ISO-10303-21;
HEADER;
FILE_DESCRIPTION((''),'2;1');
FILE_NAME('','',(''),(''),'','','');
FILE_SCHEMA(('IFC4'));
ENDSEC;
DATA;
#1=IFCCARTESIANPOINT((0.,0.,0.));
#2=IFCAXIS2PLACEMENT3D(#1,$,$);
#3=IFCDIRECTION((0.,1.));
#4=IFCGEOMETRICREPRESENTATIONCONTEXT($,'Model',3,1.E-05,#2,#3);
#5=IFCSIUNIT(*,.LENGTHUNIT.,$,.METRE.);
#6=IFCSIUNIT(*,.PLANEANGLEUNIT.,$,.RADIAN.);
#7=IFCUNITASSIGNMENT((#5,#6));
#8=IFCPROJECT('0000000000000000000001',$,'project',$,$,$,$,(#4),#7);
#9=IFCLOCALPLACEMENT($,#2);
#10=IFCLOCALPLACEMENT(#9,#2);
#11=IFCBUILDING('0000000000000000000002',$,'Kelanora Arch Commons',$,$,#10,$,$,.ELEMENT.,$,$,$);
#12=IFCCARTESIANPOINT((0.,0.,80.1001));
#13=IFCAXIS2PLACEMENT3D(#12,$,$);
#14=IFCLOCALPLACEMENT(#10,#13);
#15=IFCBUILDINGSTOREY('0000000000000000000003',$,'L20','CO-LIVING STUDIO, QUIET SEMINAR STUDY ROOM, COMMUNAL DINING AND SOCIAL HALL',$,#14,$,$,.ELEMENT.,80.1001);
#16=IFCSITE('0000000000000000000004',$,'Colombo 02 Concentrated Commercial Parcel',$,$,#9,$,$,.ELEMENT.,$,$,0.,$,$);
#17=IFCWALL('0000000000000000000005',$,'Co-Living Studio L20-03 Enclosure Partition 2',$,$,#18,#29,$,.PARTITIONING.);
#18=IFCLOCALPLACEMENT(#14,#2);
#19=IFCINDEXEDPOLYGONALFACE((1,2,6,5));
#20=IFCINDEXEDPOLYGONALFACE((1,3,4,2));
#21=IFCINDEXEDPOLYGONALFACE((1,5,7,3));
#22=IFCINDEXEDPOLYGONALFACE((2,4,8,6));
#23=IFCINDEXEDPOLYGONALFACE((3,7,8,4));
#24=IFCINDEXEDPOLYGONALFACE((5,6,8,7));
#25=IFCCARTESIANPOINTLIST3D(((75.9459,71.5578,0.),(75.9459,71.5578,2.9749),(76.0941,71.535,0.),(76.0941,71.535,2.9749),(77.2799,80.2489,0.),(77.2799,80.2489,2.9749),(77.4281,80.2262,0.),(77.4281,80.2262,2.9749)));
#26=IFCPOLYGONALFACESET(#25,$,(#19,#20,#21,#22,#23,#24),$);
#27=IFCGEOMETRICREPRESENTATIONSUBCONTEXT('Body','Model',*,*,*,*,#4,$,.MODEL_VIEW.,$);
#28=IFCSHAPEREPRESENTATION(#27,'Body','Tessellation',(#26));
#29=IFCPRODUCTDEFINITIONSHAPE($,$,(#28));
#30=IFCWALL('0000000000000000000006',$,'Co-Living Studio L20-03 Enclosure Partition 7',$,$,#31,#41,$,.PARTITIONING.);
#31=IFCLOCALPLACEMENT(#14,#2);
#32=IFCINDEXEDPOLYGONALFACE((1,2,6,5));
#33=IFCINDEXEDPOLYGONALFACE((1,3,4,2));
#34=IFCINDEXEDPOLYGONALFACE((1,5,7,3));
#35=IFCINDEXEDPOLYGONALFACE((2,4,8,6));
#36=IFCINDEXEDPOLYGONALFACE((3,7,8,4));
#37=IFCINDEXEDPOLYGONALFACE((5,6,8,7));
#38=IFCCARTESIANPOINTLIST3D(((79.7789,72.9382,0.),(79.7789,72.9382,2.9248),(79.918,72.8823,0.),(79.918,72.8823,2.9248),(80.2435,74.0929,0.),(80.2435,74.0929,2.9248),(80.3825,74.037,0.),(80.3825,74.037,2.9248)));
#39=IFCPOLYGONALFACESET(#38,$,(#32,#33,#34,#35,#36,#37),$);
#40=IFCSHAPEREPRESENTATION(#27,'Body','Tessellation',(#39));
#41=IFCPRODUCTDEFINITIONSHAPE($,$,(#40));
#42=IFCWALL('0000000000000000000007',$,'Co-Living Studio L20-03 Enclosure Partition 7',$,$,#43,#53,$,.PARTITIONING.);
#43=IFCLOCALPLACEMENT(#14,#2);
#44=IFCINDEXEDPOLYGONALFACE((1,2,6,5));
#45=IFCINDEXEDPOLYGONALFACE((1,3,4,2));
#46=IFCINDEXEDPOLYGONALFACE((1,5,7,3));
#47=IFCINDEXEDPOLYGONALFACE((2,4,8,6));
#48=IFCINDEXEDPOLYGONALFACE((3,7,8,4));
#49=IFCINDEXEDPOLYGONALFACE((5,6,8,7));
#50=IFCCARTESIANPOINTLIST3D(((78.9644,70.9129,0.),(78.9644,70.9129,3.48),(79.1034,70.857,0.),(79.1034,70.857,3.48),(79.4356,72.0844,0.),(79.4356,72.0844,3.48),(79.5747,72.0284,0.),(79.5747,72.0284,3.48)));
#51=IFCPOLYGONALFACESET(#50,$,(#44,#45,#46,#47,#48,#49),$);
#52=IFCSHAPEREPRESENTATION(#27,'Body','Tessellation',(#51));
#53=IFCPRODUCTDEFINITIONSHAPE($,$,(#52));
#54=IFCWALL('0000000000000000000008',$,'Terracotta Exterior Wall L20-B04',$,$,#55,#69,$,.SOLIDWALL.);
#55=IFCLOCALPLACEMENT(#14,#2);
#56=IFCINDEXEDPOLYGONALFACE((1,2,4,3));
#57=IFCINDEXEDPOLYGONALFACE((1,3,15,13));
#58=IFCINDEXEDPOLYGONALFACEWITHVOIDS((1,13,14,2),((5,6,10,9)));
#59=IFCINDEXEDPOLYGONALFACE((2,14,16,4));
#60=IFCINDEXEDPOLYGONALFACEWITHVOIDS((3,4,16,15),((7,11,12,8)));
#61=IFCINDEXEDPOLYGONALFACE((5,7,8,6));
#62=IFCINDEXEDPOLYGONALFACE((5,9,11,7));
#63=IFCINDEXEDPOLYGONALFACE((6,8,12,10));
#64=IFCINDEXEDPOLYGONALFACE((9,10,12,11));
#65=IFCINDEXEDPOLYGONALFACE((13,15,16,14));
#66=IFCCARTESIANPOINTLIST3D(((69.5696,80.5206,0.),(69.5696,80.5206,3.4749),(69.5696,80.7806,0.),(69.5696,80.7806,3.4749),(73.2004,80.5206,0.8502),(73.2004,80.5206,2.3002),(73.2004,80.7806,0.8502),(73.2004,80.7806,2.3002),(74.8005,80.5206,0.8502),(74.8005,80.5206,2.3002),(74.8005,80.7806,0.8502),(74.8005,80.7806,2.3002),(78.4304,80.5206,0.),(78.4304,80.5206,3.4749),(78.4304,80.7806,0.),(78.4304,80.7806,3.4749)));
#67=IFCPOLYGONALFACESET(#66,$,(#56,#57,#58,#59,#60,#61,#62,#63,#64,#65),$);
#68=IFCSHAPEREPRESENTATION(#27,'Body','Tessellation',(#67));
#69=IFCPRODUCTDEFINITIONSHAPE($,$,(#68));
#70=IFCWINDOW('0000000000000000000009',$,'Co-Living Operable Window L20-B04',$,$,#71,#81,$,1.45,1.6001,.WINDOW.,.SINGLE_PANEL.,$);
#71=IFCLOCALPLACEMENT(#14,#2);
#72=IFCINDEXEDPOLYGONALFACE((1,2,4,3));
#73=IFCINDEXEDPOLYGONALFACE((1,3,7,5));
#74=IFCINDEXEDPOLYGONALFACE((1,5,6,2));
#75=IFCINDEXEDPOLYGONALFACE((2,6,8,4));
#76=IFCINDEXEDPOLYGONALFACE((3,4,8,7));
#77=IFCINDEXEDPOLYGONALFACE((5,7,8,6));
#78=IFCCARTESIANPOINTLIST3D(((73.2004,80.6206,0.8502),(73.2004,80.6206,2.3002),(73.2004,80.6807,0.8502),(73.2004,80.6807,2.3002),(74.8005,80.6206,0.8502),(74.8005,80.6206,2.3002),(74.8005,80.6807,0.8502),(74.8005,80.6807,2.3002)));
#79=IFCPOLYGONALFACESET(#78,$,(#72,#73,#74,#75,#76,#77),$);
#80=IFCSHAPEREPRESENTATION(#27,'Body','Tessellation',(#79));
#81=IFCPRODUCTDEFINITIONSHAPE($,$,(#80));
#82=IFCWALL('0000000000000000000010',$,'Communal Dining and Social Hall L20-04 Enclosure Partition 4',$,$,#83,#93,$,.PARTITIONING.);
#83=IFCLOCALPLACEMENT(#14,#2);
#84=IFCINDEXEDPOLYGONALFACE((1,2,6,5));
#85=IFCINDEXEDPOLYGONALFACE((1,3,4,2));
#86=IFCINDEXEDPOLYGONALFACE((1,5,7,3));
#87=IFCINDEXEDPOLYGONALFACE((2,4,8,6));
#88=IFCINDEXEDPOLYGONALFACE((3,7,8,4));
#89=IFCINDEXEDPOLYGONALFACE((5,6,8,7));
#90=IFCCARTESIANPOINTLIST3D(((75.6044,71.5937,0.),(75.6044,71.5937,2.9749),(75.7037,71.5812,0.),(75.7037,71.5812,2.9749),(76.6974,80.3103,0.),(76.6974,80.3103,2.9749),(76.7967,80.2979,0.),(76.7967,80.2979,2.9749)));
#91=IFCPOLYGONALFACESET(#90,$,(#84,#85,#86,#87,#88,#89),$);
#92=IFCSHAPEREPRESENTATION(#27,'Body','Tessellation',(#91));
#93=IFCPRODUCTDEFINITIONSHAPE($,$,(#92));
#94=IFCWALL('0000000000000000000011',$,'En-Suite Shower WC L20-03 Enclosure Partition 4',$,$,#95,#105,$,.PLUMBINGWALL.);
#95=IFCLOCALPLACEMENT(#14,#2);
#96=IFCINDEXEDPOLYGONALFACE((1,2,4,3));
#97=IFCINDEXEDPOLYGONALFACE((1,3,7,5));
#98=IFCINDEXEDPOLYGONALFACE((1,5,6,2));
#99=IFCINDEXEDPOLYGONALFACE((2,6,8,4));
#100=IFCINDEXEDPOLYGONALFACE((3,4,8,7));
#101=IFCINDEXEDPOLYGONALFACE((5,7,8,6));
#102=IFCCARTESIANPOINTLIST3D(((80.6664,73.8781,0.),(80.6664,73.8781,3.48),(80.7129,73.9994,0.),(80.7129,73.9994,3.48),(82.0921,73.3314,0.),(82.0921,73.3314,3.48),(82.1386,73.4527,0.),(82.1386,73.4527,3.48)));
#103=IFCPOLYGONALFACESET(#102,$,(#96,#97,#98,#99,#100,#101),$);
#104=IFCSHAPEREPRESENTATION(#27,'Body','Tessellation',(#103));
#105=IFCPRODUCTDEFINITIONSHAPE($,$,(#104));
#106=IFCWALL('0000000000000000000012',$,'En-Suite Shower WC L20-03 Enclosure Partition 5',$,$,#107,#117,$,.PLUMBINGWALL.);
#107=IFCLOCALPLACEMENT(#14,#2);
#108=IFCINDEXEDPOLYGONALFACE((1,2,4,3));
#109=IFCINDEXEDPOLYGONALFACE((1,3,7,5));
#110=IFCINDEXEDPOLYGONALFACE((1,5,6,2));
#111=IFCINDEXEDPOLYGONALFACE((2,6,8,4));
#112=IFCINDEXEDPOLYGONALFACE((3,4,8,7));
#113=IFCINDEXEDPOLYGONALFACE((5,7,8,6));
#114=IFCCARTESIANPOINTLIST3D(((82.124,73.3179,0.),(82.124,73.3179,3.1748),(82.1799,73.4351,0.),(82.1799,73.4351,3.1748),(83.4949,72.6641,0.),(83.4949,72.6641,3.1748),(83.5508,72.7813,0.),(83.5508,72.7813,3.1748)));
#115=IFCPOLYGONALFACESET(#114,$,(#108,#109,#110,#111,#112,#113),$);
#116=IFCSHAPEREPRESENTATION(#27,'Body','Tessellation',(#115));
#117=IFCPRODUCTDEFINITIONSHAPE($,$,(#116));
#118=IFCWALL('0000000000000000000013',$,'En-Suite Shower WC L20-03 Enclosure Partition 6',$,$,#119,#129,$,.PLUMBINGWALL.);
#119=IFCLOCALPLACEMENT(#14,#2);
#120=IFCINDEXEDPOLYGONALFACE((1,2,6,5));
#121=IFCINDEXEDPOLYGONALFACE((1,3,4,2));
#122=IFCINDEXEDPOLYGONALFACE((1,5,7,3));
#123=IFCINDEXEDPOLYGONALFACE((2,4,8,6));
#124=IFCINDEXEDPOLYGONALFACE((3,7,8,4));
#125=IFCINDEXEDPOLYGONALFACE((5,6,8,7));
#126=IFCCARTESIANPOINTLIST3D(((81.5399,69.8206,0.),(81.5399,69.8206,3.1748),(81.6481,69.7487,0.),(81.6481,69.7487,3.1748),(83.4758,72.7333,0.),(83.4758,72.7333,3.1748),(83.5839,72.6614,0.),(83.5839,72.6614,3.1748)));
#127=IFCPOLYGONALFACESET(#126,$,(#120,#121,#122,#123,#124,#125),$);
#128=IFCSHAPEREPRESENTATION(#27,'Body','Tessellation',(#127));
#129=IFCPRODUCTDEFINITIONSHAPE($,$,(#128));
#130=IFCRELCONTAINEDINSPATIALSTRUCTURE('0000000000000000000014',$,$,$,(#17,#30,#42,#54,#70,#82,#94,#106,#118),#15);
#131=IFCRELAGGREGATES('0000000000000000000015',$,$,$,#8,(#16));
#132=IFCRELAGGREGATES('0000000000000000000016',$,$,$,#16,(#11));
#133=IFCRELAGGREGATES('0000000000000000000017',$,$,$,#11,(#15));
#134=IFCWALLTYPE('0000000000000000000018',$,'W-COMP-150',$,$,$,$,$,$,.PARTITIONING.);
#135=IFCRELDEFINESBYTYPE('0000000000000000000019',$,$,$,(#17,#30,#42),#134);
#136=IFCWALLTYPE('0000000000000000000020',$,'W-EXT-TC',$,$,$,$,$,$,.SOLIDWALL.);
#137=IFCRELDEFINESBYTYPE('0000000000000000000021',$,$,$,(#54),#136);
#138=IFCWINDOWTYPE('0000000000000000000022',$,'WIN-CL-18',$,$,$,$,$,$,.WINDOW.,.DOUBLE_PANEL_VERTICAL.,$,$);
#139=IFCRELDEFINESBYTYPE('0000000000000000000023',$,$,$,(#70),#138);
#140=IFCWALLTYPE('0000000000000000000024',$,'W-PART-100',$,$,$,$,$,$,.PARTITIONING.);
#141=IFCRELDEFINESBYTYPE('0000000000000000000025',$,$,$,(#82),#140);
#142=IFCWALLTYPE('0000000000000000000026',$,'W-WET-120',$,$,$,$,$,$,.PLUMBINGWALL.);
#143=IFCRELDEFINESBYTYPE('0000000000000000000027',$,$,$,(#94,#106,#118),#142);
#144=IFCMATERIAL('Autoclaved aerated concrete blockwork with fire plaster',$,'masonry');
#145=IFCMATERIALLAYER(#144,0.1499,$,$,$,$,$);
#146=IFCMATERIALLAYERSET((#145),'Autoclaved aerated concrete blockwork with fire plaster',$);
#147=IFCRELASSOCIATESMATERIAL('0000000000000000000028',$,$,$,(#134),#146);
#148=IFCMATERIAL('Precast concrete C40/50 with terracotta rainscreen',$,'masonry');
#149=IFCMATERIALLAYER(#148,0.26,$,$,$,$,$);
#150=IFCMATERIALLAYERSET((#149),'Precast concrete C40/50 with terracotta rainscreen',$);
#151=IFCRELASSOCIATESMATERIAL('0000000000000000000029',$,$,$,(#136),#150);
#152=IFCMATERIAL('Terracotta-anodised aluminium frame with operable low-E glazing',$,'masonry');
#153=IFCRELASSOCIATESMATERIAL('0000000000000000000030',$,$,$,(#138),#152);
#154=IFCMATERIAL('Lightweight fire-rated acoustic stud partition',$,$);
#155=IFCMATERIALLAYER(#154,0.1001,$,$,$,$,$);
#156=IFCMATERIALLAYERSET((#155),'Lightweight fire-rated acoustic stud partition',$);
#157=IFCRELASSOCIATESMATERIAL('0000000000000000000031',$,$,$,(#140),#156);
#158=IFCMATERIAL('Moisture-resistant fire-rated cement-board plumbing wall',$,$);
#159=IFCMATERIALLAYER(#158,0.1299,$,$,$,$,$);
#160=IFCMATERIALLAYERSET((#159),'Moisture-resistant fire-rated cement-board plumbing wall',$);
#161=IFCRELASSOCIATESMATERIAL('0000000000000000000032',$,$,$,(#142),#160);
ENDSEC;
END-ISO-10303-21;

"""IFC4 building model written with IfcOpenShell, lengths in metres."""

from ifc_helpers import new_model, si_unit, direction, frame, frame_2d, origin, place, context, subcontext, project, spatial, rectangle, extrude, material, layer, layer_set, type_object, element, fill, save


model = new_model("IFC4")

# Units and contexts
model_context = context("Model", 3, precision=1e-05, world=origin(), true_north=direction((0.0, 1.0)))
body_context = subcontext(model_context, "Body", "Model", "MODEL_VIEW")
ifc_project = project(units=[si_unit("LENGTHUNIT", "METRE"), si_unit("PLANEANGLEUNIT", "RADIAN")], contexts=[model_context])

# Site, building, storey
site_placement = place(None, origin())
site = spatial("IfcSite", under=ifc_project, at=site_placement, Name="Colombo 02 Concentrated Commercial Parcel", CompositionType="ELEMENT", RefElevation=0.0)
building_placement = place(site_placement, origin())
building = spatial("IfcBuilding", under=site, at=building_placement, Name="Kelanora Arch Commons", CompositionType="ELEMENT")
storey_placement = place(building_placement, frame((0.0, 0.0, 80.1001)))
storey = spatial("IfcBuildingStorey", under=building, at=storey_placement, Name="L20", Description="CO-LIVING STUDIO, QUIET SEMINAR STUDY ROOM, COMMUNAL DINING AND SOCIAL HALL", CompositionType="ELEMENT", Elevation=80.1001)

# Walls
ifc_material_1 = material(Name="Autoclaved aerated concrete blockwork with fire plaster", Category="masonry")
ifc_layer_1 = layer(ifc_material_1, 0.1499)
ifc_layer_set_1 = layer_set([ifc_layer_1], Name="Autoclaved aerated concrete blockwork with fire plaster")
wall_type_1 = type_object("IfcWallType", Name="W-COMP-150", PredefinedType="PARTITIONING", material=ifc_layer_set_1)
wall_1_placement = place(storey_placement, frame((76.02, 71.5464, 0.0), z_axis=(0.0, 0.0, 1.0), x_axis=(0.151711, 0.988425, 0.0)))
element("IfcWall", 1, at=wall_1_placement, inside=storey, type_object=wall_type_1, Name="Co-Living Studio L20-03 Enclosure Partition 2", PredefinedType="PARTITIONING", context=body_context, shape_type="SweptSolid", body=[
    extrude(rectangle(XDim=8.793, YDim=0.1499, at=frame_2d((4.3965, 0.0))), origin(), (0.0, 0.0, 1.0), 2.9749),
])
wall_2_placement = place(storey_placement, frame((80.313, 74.0649, 0.0), z_axis=(0.0, 0.0, 1.0), x_axis=(-0.37325, -0.927731, 0.0)))
element("IfcWall", 2, at=wall_2_placement, inside=storey, type_object=wall_type_1, Name="Co-Living Studio L20-03 Enclosure Partition 7", PredefinedType="PARTITIONING", context=body_context, shape_type="SweptSolid", body=[
    extrude(rectangle(XDim=1.2446, YDim=0.1499, at=frame_2d((0.6223, 0.0))), origin(), (0.0, 0.0, 1.0), 2.9248),
])
wall_3_placement = place(storey_placement, frame((79.5051, 72.0564, 0.0), z_axis=(0.0, 0.0, 1.0), x_axis=(-0.37319, -0.927755, 0.0)))
element("IfcWall", 3, at=wall_3_placement, inside=storey, type_object=wall_type_1, Name="Co-Living Studio L20-03 Enclosure Partition 7", PredefinedType="PARTITIONING", context=body_context, shape_type="SweptSolid", body=[
    extrude(rectangle(XDim=1.2627, YDim=0.1499, at=frame_2d((0.6313, 0.0))), origin(), (0.0, 0.0, 1.0), 3.48),
])

# Wall, opening, window
ifc_material_2 = material(Name="Precast concrete C40/50 with terracotta rainscreen", Category="masonry")
ifc_layer_2 = layer(ifc_material_2, 0.26)
ifc_layer_set_2 = layer_set([ifc_layer_2], Name="Precast concrete C40/50 with terracotta rainscreen")
wall_type_2 = type_object("IfcWallType", Name="W-EXT-TC", PredefinedType="SOLIDWALL", material=ifc_layer_set_2)
wall_4_placement = place(storey_placement, frame((78.4304, 80.6506, 0.0), z_axis=(0.0, 0.0, 1.0), x_axis=(-1.0, 0.0, 0.0)))
wall_4 = element("IfcWall", 4, at=wall_4_placement, inside=storey, type_object=wall_type_2, Name="Terracotta Exterior Wall L20-B04", PredefinedType="SOLIDWALL", context=body_context, shape_type="SweptSolid", body=[
    extrude(rectangle(XDim=8.8608, YDim=0.26, at=frame_2d((4.4304, 0.0))), origin(), (0.0, 0.0, 1.0), 3.4749),
])
opening_placement = place(wall_4_placement, frame((3.6299, 0.0, 0.8501)))
opening = element("IfcOpeningElement", 5, at=opening_placement, cuts=wall_4, PredefinedType="OPENING", context=body_context, shape_type="SweptSolid", body=[
    extrude(rectangle(XDim=1.6001, YDim=1.45, at=frame_2d((0.8, 0.7251))), frame((0.0, 0.1401, 0.0), z_axis=(0.0, -1.0, 0.0), x_axis=(1.0, 0.0, 0.0)), (0.0, 0.0, 1.0), 0.28),
])
ifc_material_3 = material(Name="Terracotta-anodised aluminium frame with operable low-E glazing", Category="masonry")
window_type = type_object("IfcWindowType", Name="WIN-CL-18", PartitioningType="DOUBLE_PANEL_VERTICAL", PredefinedType="WINDOW", material=ifc_material_3)
window_placement = place(opening_placement, origin())
window = element("IfcWindow", 6, at=window_placement, inside=storey, type_object=window_type, Name="Co-Living Operable Window L20-B04", OverallHeight=1.45, OverallWidth=1.6001, PartitioningType="SINGLE_PANEL", PredefinedType="WINDOW", context=body_context, shape_type="SweptSolid", body=[
    extrude(rectangle(XDim=1.6001, YDim=1.45, at=frame_2d((0.8, 0.7251))), frame((0.0, 0.03, 0.0), z_axis=(0.0, -1.0, 0.0), x_axis=(1.0, 0.0, 0.0)), (0.0, 0.0, 1.0), 0.0601),
])
fill(opening, window)

# Walls
ifc_material_4 = material(Name="Lightweight fire-rated acoustic stud partition")
ifc_layer_3 = layer(ifc_material_4, 0.1001)
ifc_layer_set_3 = layer_set([ifc_layer_3], Name="Lightweight fire-rated acoustic stud partition")
wall_type_3 = type_object("IfcWallType", Name="W-PART-100", PredefinedType="PARTITIONING", material=ifc_layer_set_3)
wall_5_placement = place(storey_placement, frame((76.7471, 80.3042, 0.0), z_axis=(0.0, 0.0, 1.0), x_axis=(-0.124421, -0.992229, 0.0)))
element("IfcWall", 7, at=wall_5_placement, inside=storey, type_object=wall_type_3, Name="Communal Dining and Social Hall L20-04 Enclosure Partition 4", PredefinedType="PARTITIONING", context=body_context, shape_type="SweptSolid", body=[
    extrude(rectangle(XDim=8.7849, YDim=0.1001, at=frame_2d((4.3926, 0.0))), origin(), (0.0, 0.0, 1.0), 2.9749),
])
ifc_material_5 = material(Name="Moisture-resistant fire-rated cement-board plumbing wall")
ifc_layer_4 = layer(ifc_material_5, 0.1299)
ifc_layer_set_4 = layer_set([ifc_layer_4], Name="Moisture-resistant fire-rated cement-board plumbing wall")
wall_type_4 = type_object("IfcWallType", Name="W-WET-120", PredefinedType="PLUMBINGWALL", material=ifc_layer_set_4)
wall_6_placement = place(storey_placement, frame((80.6897, 73.9387, 0.0), z_axis=(0.0, 0.0, 1.0), x_axis=(0.933708, -0.358036, 0.0)))
element("IfcWall", 8, at=wall_6_placement, inside=storey, type_object=wall_type_4, Name="En-Suite Shower WC L20-03 Enclosure Partition 4", PredefinedType="PLUMBINGWALL", context=body_context, shape_type="SweptSolid", body=[
    extrude(rectangle(XDim=1.5269, YDim=0.1299, at=frame_2d((0.7634, 0.0))), origin(), (0.0, 0.0, 1.0), 3.48),
])
wall_7_placement = place(storey_placement, frame((82.1521, 73.3765, 0.0), z_axis=(0.0, 0.0, 1.0), x_axis=(0.902599, -0.430483, 0.0)))
element("IfcWall", 9, at=wall_7_placement, inside=storey, type_object=wall_type_4, Name="En-Suite Shower WC L20-03 Enclosure Partition 5", PredefinedType="PLUMBINGWALL", context=body_context, shape_type="SweptSolid", body=[
    extrude(rectangle(XDim=1.5188, YDim=0.1299, at=frame_2d((0.7593, 0.0))), origin(), (0.0, 0.0, 1.0), 3.1748),
])
wall_8_placement = place(storey_placement, frame((83.5298, 72.6973, 0.0), z_axis=(0.0, 0.0, 1.0), x_axis=(-0.553524, -0.832833, 0.0)))
element("IfcWall", 10, at=wall_8_placement, inside=storey, type_object=wall_type_4, Name="En-Suite Shower WC L20-03 Enclosure Partition 6", PredefinedType="PLUMBINGWALL", context=body_context, shape_type="SweptSolid", body=[
    extrude(rectangle(XDim=3.4973, YDim=0.1299, at=frame_2d((1.7485, 0.0))), origin(), (0.0, 0.0, 1.0), 3.1748),
])

save(model, "model.ifc")
